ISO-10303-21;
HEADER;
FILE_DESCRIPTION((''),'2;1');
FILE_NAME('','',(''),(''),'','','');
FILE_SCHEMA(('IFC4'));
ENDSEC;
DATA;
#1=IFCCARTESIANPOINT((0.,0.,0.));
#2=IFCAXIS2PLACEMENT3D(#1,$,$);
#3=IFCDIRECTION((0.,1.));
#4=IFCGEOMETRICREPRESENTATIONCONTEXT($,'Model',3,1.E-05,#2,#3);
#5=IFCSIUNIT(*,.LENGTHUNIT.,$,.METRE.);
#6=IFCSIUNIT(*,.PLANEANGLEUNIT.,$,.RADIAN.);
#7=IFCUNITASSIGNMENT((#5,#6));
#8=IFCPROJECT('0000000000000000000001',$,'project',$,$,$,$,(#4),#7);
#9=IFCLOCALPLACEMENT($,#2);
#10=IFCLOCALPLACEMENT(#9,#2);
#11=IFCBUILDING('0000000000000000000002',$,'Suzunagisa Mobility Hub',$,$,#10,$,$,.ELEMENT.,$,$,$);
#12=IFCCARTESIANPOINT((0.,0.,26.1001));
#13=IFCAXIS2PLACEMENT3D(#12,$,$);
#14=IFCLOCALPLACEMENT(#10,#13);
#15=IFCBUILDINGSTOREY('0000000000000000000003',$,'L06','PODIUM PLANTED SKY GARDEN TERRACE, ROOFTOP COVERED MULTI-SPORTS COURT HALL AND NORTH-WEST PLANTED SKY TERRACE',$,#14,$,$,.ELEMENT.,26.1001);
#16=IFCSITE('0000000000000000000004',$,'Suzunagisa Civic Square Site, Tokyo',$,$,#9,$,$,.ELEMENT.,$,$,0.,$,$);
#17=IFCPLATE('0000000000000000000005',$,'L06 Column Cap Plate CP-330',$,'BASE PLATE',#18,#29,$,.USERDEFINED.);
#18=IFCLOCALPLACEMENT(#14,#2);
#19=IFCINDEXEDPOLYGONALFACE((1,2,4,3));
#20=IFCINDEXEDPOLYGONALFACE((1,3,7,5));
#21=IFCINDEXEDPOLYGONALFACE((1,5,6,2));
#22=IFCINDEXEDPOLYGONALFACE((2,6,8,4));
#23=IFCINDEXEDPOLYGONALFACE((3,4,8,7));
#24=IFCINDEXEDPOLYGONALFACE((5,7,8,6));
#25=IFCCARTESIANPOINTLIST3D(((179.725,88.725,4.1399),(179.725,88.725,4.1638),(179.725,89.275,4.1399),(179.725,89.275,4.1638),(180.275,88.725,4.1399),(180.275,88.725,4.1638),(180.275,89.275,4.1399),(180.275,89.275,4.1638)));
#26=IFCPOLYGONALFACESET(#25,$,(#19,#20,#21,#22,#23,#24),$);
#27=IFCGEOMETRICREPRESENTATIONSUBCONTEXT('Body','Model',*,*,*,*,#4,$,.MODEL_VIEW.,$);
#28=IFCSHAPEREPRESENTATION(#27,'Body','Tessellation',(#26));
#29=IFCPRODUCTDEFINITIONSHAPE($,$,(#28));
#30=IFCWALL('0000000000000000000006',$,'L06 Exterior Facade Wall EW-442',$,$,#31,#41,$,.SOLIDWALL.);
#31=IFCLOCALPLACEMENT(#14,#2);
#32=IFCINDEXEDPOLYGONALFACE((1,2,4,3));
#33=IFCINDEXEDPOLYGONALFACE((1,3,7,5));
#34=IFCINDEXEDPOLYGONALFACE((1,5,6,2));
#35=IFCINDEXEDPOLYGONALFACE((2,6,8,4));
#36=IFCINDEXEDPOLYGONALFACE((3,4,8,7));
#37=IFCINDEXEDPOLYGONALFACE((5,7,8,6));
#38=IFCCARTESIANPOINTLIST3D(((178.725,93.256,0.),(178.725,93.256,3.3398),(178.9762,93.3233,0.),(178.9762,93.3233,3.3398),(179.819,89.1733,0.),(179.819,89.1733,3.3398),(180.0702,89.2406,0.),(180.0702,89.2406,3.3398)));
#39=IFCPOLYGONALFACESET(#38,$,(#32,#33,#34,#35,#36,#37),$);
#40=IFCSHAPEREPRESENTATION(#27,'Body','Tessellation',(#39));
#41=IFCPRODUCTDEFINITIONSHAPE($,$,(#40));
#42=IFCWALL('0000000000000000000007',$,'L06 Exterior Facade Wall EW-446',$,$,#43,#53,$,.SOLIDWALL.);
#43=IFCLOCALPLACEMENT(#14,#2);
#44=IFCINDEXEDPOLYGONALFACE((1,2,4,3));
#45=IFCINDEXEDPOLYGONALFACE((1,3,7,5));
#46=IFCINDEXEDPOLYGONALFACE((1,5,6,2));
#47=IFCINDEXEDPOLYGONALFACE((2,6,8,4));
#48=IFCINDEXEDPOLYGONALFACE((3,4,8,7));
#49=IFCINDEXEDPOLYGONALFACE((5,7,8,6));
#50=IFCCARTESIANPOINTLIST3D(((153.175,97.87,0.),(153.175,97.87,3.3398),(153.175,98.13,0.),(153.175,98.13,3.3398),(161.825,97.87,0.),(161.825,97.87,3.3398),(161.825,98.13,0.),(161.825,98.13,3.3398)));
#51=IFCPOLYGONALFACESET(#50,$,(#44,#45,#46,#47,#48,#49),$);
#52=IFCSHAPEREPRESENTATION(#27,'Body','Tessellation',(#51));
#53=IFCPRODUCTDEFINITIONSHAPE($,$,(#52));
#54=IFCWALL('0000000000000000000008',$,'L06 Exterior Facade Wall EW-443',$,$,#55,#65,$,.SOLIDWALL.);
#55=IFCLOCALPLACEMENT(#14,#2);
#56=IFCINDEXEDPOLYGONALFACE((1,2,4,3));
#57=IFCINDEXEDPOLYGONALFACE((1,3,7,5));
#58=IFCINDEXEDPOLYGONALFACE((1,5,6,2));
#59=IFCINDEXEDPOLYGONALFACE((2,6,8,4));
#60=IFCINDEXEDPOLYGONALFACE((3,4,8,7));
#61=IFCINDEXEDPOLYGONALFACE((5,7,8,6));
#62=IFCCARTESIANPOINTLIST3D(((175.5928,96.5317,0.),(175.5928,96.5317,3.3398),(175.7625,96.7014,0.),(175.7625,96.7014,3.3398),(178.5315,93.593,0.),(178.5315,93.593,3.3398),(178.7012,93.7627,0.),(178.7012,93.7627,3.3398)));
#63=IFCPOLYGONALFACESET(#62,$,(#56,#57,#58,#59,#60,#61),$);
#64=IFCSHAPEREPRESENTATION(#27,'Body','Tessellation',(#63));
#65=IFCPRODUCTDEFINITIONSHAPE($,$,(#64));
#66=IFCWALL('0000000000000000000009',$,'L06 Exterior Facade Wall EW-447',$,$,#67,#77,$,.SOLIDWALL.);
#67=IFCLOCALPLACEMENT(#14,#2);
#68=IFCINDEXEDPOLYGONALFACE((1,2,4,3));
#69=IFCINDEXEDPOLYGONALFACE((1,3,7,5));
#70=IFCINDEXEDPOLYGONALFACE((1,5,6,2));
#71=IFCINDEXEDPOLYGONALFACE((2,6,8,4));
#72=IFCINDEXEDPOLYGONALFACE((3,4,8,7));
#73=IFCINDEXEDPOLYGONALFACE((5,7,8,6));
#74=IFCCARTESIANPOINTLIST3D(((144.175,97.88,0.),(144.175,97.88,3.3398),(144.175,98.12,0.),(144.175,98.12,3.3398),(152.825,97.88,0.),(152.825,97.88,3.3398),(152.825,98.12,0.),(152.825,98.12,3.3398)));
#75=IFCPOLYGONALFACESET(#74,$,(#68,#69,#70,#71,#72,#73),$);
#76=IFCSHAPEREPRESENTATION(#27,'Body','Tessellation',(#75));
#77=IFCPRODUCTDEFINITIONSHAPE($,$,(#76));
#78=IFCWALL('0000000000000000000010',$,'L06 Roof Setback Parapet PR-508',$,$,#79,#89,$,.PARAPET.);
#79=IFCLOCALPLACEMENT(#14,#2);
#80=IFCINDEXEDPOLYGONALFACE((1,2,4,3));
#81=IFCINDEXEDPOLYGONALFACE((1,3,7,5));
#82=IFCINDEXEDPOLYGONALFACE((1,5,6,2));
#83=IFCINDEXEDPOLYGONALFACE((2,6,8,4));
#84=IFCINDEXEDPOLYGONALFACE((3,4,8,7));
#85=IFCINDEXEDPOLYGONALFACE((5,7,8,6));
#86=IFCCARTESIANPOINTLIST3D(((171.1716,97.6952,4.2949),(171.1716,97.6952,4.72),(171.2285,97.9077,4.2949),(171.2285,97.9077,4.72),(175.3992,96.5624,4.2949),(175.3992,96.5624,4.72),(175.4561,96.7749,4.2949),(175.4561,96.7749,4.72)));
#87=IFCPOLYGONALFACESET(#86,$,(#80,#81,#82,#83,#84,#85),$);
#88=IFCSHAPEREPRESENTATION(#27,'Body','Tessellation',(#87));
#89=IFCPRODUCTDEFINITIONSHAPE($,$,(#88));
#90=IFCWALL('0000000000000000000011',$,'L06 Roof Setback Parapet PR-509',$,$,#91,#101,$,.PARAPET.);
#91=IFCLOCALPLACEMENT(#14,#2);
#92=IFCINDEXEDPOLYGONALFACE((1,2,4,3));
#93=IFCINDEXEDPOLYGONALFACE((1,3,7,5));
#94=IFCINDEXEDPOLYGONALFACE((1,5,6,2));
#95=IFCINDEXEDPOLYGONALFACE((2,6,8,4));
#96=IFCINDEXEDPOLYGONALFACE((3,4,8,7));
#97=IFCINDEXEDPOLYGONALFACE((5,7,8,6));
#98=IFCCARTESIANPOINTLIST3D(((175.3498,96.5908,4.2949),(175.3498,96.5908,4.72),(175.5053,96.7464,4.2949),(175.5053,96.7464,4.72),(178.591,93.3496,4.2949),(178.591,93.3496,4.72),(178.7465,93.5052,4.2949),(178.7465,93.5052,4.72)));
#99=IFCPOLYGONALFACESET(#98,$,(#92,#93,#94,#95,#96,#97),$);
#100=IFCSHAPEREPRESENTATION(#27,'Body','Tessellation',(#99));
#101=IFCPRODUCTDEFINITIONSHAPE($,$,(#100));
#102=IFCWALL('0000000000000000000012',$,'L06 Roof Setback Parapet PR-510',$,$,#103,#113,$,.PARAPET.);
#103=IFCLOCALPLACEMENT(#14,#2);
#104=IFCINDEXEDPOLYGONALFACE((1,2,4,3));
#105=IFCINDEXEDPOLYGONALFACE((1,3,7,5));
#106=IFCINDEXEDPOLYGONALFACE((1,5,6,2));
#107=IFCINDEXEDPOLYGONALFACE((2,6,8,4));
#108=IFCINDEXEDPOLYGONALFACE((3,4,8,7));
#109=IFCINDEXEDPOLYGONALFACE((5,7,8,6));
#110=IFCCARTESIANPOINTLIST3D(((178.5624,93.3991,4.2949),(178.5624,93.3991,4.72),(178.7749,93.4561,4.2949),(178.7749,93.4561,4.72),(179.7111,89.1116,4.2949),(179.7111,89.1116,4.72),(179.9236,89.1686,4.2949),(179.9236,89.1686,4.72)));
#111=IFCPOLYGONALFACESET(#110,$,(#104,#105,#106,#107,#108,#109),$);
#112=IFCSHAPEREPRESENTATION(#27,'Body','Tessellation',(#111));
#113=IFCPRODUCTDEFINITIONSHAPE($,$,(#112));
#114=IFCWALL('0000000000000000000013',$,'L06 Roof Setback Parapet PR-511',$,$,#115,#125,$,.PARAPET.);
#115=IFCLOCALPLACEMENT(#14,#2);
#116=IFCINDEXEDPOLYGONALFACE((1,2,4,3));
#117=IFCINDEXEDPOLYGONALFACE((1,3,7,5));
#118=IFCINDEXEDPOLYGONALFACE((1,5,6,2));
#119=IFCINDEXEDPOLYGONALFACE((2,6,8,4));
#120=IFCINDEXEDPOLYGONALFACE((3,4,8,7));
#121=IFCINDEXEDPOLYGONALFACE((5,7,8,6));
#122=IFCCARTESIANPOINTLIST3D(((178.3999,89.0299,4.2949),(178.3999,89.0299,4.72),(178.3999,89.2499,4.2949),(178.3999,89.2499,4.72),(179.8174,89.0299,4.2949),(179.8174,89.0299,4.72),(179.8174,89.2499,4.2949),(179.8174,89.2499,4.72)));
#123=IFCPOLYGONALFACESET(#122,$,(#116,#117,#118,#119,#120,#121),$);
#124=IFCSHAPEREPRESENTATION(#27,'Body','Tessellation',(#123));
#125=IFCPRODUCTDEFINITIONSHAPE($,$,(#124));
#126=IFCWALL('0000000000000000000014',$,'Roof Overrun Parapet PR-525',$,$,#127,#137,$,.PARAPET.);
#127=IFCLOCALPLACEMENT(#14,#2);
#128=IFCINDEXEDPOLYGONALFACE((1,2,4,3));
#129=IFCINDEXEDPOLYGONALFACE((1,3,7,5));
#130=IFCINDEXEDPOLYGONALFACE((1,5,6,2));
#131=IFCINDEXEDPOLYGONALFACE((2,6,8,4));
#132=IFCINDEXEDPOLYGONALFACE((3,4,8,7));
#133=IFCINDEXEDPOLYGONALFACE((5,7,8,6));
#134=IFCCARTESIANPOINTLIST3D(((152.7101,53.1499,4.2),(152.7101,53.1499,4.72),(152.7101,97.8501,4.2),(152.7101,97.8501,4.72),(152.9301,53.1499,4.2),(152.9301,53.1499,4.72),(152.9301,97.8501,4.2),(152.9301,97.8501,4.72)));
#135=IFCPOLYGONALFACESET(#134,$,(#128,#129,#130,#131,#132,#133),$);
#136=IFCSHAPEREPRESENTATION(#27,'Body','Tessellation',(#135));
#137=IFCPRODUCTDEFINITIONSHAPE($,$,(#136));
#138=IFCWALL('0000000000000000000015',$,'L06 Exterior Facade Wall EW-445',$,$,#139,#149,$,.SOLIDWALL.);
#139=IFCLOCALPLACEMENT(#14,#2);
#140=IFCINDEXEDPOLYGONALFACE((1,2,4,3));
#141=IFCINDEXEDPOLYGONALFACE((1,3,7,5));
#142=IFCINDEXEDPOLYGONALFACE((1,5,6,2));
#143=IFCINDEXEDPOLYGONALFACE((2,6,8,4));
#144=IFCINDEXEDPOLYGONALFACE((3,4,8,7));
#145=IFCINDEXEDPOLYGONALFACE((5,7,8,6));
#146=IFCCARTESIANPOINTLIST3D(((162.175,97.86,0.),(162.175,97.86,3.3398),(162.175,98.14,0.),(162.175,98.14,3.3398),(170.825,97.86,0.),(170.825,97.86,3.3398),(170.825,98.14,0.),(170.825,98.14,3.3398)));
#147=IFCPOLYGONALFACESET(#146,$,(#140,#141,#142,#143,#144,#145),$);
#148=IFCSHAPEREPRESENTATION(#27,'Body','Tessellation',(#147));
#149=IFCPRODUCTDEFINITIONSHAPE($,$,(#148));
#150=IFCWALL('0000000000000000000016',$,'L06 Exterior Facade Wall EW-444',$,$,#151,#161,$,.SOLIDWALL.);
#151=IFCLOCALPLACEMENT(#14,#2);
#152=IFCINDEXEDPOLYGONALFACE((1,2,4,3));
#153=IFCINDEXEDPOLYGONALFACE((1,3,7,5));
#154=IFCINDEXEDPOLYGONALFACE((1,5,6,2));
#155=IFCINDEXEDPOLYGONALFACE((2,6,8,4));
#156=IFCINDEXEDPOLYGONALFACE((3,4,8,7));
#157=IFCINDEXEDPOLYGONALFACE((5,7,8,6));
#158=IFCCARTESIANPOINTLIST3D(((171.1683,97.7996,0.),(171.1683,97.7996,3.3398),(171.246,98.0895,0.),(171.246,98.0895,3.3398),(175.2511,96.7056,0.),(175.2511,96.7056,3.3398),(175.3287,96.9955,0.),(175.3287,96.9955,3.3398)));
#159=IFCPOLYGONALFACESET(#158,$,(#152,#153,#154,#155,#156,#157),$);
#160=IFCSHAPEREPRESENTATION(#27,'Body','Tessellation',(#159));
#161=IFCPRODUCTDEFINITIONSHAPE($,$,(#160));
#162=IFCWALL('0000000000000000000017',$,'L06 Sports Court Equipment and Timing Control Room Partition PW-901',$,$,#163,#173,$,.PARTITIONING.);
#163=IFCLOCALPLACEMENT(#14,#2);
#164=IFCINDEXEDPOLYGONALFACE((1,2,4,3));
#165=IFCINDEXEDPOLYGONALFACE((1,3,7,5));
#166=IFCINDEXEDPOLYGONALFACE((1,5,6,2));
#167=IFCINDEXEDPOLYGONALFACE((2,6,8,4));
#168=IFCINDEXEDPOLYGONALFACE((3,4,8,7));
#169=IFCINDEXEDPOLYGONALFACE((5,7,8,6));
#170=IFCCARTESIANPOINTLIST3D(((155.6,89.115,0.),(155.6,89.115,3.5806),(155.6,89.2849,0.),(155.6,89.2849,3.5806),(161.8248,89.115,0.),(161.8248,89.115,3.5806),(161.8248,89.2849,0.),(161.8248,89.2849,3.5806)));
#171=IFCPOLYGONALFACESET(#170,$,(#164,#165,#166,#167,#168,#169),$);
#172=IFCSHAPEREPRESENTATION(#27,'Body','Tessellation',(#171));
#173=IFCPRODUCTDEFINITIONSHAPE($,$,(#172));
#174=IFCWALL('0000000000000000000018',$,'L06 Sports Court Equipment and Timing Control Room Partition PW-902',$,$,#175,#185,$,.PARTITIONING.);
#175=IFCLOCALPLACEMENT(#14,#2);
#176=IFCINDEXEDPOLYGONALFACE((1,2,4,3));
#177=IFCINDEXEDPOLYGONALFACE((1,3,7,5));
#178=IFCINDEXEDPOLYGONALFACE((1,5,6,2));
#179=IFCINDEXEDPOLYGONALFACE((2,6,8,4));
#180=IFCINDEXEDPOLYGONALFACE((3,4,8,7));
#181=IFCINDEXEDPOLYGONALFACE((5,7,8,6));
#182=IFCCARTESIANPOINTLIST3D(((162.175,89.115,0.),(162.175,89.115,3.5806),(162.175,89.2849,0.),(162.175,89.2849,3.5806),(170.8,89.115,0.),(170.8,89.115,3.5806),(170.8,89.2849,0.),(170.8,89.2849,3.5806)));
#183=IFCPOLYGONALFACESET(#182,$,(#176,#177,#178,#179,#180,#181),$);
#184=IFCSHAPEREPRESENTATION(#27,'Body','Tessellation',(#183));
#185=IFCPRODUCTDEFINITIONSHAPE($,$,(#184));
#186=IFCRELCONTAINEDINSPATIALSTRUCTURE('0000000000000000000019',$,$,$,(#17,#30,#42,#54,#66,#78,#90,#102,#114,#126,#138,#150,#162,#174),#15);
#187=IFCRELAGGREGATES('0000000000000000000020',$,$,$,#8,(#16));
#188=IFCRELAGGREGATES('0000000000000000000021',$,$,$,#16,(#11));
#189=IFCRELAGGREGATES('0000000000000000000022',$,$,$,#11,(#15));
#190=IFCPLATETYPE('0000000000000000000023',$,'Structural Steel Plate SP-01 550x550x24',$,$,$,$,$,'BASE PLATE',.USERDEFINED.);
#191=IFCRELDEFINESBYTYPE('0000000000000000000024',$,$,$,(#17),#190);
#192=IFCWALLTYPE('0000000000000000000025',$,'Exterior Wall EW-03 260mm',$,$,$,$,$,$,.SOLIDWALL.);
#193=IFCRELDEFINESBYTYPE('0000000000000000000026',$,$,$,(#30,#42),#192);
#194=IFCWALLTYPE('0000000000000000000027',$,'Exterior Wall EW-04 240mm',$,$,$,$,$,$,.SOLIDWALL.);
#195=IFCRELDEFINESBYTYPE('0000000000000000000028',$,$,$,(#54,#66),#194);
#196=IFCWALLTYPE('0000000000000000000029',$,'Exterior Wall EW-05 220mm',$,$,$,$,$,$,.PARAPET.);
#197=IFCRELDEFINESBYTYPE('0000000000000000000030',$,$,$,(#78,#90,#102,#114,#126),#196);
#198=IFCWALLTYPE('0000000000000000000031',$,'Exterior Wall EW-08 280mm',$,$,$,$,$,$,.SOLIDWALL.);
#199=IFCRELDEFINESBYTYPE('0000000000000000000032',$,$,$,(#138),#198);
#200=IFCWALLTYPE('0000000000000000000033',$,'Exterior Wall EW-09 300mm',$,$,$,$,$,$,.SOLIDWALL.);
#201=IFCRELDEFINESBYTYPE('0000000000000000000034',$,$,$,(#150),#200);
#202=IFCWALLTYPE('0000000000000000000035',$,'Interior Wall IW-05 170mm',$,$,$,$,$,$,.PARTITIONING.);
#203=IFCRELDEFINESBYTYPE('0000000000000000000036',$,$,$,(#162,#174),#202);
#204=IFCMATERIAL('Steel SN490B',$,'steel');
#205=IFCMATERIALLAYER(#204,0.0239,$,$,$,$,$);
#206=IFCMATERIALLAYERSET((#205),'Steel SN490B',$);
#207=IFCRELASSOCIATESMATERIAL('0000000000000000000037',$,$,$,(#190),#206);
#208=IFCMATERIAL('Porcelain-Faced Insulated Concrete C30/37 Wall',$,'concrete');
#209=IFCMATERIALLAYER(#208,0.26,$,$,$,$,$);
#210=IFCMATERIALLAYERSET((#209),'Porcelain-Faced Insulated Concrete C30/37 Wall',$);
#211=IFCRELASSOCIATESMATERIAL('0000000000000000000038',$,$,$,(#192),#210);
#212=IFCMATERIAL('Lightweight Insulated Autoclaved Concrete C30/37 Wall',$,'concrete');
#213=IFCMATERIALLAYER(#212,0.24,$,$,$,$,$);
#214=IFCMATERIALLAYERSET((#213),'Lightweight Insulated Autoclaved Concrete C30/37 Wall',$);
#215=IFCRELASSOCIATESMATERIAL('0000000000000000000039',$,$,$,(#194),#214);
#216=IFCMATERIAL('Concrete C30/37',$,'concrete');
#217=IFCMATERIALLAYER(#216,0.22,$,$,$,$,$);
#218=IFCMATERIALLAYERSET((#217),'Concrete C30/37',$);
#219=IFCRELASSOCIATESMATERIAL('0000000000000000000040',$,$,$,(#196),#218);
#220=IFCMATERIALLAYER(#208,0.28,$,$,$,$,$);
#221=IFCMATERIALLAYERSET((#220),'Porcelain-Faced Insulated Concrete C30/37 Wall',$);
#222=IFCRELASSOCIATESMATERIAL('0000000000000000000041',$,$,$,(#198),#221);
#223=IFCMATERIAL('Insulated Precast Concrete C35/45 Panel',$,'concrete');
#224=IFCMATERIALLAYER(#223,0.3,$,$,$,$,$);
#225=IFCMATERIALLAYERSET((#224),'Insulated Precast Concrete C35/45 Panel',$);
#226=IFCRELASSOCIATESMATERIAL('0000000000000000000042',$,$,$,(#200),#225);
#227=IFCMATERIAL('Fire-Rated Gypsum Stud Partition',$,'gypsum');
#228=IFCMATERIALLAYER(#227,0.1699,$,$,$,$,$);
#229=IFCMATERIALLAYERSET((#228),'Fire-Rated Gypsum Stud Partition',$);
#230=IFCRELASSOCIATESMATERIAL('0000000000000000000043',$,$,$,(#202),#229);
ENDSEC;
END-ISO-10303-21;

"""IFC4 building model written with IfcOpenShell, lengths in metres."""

from ifc_helpers import new_model, si_unit, direction, frame, frame_2d, origin, origin_2d, place, context, subcontext, project, spatial, rectangle, extrude, material, layer, layer_set, type_object, element, save


model = new_model("IFC4")

# Units and contexts
model_context = context("Model", 3, precision=1e-05, world=origin(), true_north=direction((0.0, 1.0)))
body_context = subcontext(model_context, "Body", "Model", "MODEL_VIEW")
ifc_project = project(units=[si_unit("LENGTHUNIT", "METRE"), si_unit("PLANEANGLEUNIT", "RADIAN")], contexts=[model_context])

# Site, building, storey
site_placement = place(None, origin())
site = spatial("IfcSite", under=ifc_project, at=site_placement, Name="Suzunagisa Civic Square Site, Tokyo", CompositionType="ELEMENT", RefElevation=0.0)
building_placement = place(site_placement, origin())
building = spatial("IfcBuilding", under=site, at=building_placement, Name="Suzunagisa Mobility Hub", CompositionType="ELEMENT")
storey_placement = place(building_placement, frame((0.0, 0.0, 26.1001)))
storey = spatial("IfcBuildingStorey", under=building, at=storey_placement, Name="L06", Description="PODIUM PLANTED SKY GARDEN TERRACE, ROOFTOP COVERED MULTI-SPORTS COURT HALL AND NORTH-WEST PLANTED SKY TERRACE", CompositionType="ELEMENT", Elevation=26.1001)

# Shared definitions
ifc_material_1 = material(Name="Steel SN490B", Category="steel")

# Plate
ifc_layer_1 = layer(ifc_material_1, 0.0239)
ifc_layer_set_1 = layer_set([ifc_layer_1], Name="Steel SN490B")
plate_type = type_object("IfcPlateType", Name="Structural Steel Plate SP-01 550x550x24", ElementType="BASE PLATE", PredefinedType="USERDEFINED", material=ifc_layer_set_1)
for number, where, z_axis, x_axis, name in (
    (1, (180.0, 89.0, 4.1399), (0.0, 0.0, 1.0), (1.0, 0.0, 0.0), "L06 Column Cap Plate CP-330"),
):
    element("IfcPlate", number, at=place(storey_placement, frame(where, z_axis=z_axis, x_axis=x_axis)), inside=storey, type_object=plate_type, Name=name, ObjectType="BASE PLATE", PredefinedType="USERDEFINED", context=body_context, shape_type="SweptSolid", body=[
        extrude(rectangle(XDim=0.55, YDim=0.55, at=origin_2d()), origin(), (0.0, 0.0, 1.0), 0.0239),
    ])

# Walls
ifc_material_2 = material(Name="Porcelain-Faced Insulated Concrete C30/37 Wall", Category="concrete")
ifc_layer_2 = layer(ifc_material_2, 0.26)
ifc_layer_set_2 = layer_set([ifc_layer_2], Name="Porcelain-Faced Insulated Concrete C30/37 Wall")
wall_type_1 = type_object("IfcWallType", Name="Exterior Wall EW-03 260mm", PredefinedType="SOLIDWALL", material=ifc_layer_set_2)
wall_1_placement = place(storey_placement, frame((179.9446, 89.207, 0.0), z_axis=(0.0, 0.0, 1.0), x_axis=(-0.258824, 0.965925, 0.0)))
element("IfcWall", 2, at=wall_1_placement, inside=storey, type_object=wall_type_1, Name="L06 Exterior Facade Wall EW-442", PredefinedType="SOLIDWALL", context=body_context, shape_type="SweptSolid", body=[
    extrude(rectangle(XDim=4.2268, YDim=0.26, at=frame_2d((2.1133, 0.0))), origin(), (0.0, 0.0, 1.0), 3.3398),
])
wall_2_placement = place(storey_placement, frame((161.825, 98.0, 0.0), z_axis=(0.0, 0.0, 1.0), x_axis=(-1.0, 0.0, 0.0)))
element("IfcWall", 3, at=wall_2_placement, inside=storey, type_object=wall_type_1, Name="L06 Exterior Facade Wall EW-446", PredefinedType="SOLIDWALL", context=body_context, shape_type="SweptSolid", body=[
    extrude(rectangle(XDim=8.6499, YDim=0.26, at=frame_2d((4.325, 0.0))), origin(), (0.0, 0.0, 1.0), 3.3398),
])
ifc_material_3 = material(Name="Lightweight Insulated Autoclaved Concrete C30/37 Wall", Category="concrete")
ifc_layer_3 = layer(ifc_material_3, 0.24)
ifc_layer_set_3 = layer_set([ifc_layer_3], Name="Lightweight Insulated Autoclaved Concrete C30/37 Wall")
wall_type_2 = type_object("IfcWallType", Name="Exterior Wall EW-04 240mm", PredefinedType="SOLIDWALL", material=ifc_layer_set_3)
wall_3_placement = place(storey_placement, frame((178.6165, 93.6777, 0.0), z_axis=(0.0, 0.0, 1.0), x_axis=(-0.707107, 0.707107, 0.0)))
element("IfcWall", 4, at=wall_3_placement, inside=storey, type_object=wall_type_2, Name="L06 Exterior Facade Wall EW-443", PredefinedType="SOLIDWALL", context=body_context, shape_type="SweptSolid", body=[
    extrude(rectangle(XDim=4.156, YDim=0.24, at=frame_2d((2.0781, 0.0))), origin(), (0.0, 0.0, 1.0), 3.3398),
])
wall_4_placement = place(storey_placement, frame((152.825, 98.0, 0.0), z_axis=(0.0, 0.0, 1.0), x_axis=(-1.0, 0.0, 0.0)))
element("IfcWall", 5, at=wall_4_placement, inside=storey, type_object=wall_type_2, Name="L06 Exterior Facade Wall EW-447", PredefinedType="SOLIDWALL", context=body_context, shape_type="SweptSolid", body=[
    extrude(rectangle(XDim=8.6499, YDim=0.24, at=frame_2d((4.325, 0.0))), origin(), (0.0, 0.0, 1.0), 3.3398),
])
ifc_material_4 = material(Name="Concrete C30/37", Category="concrete")
ifc_layer_4 = layer(ifc_material_4, 0.22)
ifc_layer_set_4 = layer_set([ifc_layer_4], Name="Concrete C30/37")
wall_type_3 = type_object("IfcWallType", Name="Exterior Wall EW-05 220mm", PredefinedType="PARAPET", material=ifc_layer_set_4)
wall_5_placement = place(storey_placement, frame((171.2, 97.8015, 4.2949), z_axis=(0.0, 0.0, 1.0), x_axis=(0.965923, -0.258829, 0.0)))
element("IfcWall", 6, at=wall_5_placement, inside=storey, type_object=wall_type_3, Name="L06 Roof Setback Parapet PR-508", PredefinedType="PARAPET", context=body_context, shape_type="SweptSolid", body=[
    extrude(rectangle(XDim=4.3767, YDim=0.22, at=frame_2d((2.1885, 0.0))), origin(), (0.0, 0.0, 1.0), 0.425),
])
wall_6_placement = place(storey_placement, frame((175.4275, 96.6687, 4.2949), z_axis=(0.0, 0.0, 1.0), x_axis=(0.707107, -0.707107, 0.0)))
element("IfcWall", 7, at=wall_6_placement, inside=storey, type_object=wall_type_3, Name="L06 Roof Setback Parapet PR-509", PredefinedType="PARAPET", context=body_context, shape_type="SweptSolid", body=[
    extrude(rectangle(XDim=4.5837, YDim=0.22, at=frame_2d((2.292, 0.0))), origin(), (0.0, 0.0, 1.0), 0.425),
])
wall_7_placement = place(storey_placement, frame((178.6687, 93.4275, 4.2949), z_axis=(0.0, 0.0, 1.0), x_axis=(0.258782, -0.965936, 0.0)))
element("IfcWall", 8, at=wall_7_placement, inside=storey, type_object=wall_type_3, Name="L06 Roof Setback Parapet PR-510", PredefinedType="PARAPET", context=body_context, shape_type="SweptSolid", body=[
    extrude(rectangle(XDim=4.4387, YDim=0.22, at=frame_2d((2.2192, 0.0))), origin(), (0.0, 0.0, 1.0), 0.425),
])
wall_8_placement = place(storey_placement, frame((179.8174, 89.1399, 4.2949), z_axis=(0.0, 0.0, 1.0), x_axis=(-1.0, 0.0, 0.0)))
element("IfcWall", 9, at=wall_8_placement, inside=storey, type_object=wall_type_3, Name="L06 Roof Setback Parapet PR-511", PredefinedType="PARAPET", context=body_context, shape_type="SweptSolid", body=[
    extrude(rectangle(XDim=1.4175, YDim=0.22, at=frame_2d((0.7087, 0.0))), origin(), (0.0, 0.0, 1.0), 0.425),
])
wall_9_placement = place(storey_placement, frame((152.8201, 97.8501, 4.2), z_axis=(0.0, 0.0, 1.0), x_axis=(0.0, -1.0, 0.0)))
element("IfcWall", 10, at=wall_9_placement, inside=storey, type_object=wall_type_3, Name="Roof Overrun Parapet PR-525", PredefinedType="PARAPET", context=body_context, shape_type="SweptSolid", body=[
    extrude(rectangle(XDim=44.7002, YDim=0.22, at=frame_2d((22.3501, 0.0))), origin(), (0.0, 0.0, 1.0), 0.52),
])
ifc_layer_5 = layer(ifc_material_2, 0.28)
ifc_layer_set_5 = layer_set([ifc_layer_5], Name="Porcelain-Faced Insulated Concrete C30/37 Wall")
wall_type_4 = type_object("IfcWallType", Name="Exterior Wall EW-08 280mm", PredefinedType="SOLIDWALL", material=ifc_layer_set_5)
wall_10_placement = place(storey_placement, frame((170.825, 98.0, 0.0), z_axis=(0.0, 0.0, 1.0), x_axis=(-1.0, 0.0, 0.0)))
element("IfcWall", 11, at=wall_10_placement, inside=storey, type_object=wall_type_4, Name="L06 Exterior Facade Wall EW-445", PredefinedType="SOLIDWALL", context=body_context, shape_type="SweptSolid", body=[
    extrude(rectangle(XDim=8.6499, YDim=0.28, at=frame_2d((4.325, 0.0))), origin(), (0.0, 0.0, 1.0), 3.3398),
])
ifc_material_5 = material(Name="Insulated Precast Concrete C35/45 Panel", Category="concrete")
ifc_layer_6 = layer(ifc_material_5, 0.3)
ifc_layer_set_6 = layer_set([ifc_layer_6], Name="Insulated Precast Concrete C35/45 Panel")
wall_type_5 = type_object("IfcWallType", Name="Exterior Wall EW-09 300mm", PredefinedType="SOLIDWALL", material=ifc_layer_set_6)
wall_11_placement = place(storey_placement, frame((175.2898, 96.8506, 0.0), z_axis=(0.0, 0.0, 1.0), x_axis=(-0.965925, 0.258824, 0.0)))
element("IfcWall", 12, at=wall_11_placement, inside=storey, type_object=wall_type_5, Name="L06 Exterior Facade Wall EW-444", PredefinedType="SOLIDWALL", context=body_context, shape_type="SweptSolid", body=[
    extrude(rectangle(XDim=4.2268, YDim=0.3, at=frame_2d((2.1133, 0.0))), origin(), (0.0, 0.0, 1.0), 3.3398),
])

# Walls
ifc_material_6 = material(Name="Fire-Rated Gypsum Stud Partition", Category="gypsum")
ifc_layer_7 = layer(ifc_material_6, 0.1699)
ifc_layer_set_7 = layer_set([ifc_layer_7], Name="Fire-Rated Gypsum Stud Partition")
wall_type_6 = type_object("IfcWallType", Name="Interior Wall IW-05 170mm", PredefinedType="PARTITIONING", material=ifc_layer_set_7)
wall_12_placement = place(storey_placement, frame((155.6001, 89.2, 0.0), z_axis=(0.0, 0.0, 1.0), x_axis=(1.0, 0.0, 0.0)))
element("IfcWall", 13, at=wall_12_placement, inside=storey, type_object=wall_type_6, Name="L06 Sports Court Equipment and Timing Control Room Partition PW-901", PredefinedType="PARTITIONING", context=body_context, shape_type="SweptSolid", body=[
    extrude(rectangle(XDim=6.2249, YDim=0.1699, at=frame_2d((3.1123, 0.0))), origin(), (0.0, 0.0, 1.0), 3.5806),
])
wall_13_placement = place(storey_placement, frame((162.175, 89.2, 0.0), z_axis=(0.0, 0.0, 1.0), x_axis=(1.0, 0.0, 0.0)))
element("IfcWall", 14, at=wall_13_placement, inside=storey, type_object=wall_type_6, Name="L06 Sports Court Equipment and Timing Control Room Partition PW-902", PredefinedType="PARTITIONING", context=body_context, shape_type="SweptSolid", body=[
    extrude(rectangle(XDim=8.625, YDim=0.1699, at=frame_2d((4.3125, 0.0))), origin(), (0.0, 0.0, 1.0), 3.5806),
])

save(model, "model.ifc")
